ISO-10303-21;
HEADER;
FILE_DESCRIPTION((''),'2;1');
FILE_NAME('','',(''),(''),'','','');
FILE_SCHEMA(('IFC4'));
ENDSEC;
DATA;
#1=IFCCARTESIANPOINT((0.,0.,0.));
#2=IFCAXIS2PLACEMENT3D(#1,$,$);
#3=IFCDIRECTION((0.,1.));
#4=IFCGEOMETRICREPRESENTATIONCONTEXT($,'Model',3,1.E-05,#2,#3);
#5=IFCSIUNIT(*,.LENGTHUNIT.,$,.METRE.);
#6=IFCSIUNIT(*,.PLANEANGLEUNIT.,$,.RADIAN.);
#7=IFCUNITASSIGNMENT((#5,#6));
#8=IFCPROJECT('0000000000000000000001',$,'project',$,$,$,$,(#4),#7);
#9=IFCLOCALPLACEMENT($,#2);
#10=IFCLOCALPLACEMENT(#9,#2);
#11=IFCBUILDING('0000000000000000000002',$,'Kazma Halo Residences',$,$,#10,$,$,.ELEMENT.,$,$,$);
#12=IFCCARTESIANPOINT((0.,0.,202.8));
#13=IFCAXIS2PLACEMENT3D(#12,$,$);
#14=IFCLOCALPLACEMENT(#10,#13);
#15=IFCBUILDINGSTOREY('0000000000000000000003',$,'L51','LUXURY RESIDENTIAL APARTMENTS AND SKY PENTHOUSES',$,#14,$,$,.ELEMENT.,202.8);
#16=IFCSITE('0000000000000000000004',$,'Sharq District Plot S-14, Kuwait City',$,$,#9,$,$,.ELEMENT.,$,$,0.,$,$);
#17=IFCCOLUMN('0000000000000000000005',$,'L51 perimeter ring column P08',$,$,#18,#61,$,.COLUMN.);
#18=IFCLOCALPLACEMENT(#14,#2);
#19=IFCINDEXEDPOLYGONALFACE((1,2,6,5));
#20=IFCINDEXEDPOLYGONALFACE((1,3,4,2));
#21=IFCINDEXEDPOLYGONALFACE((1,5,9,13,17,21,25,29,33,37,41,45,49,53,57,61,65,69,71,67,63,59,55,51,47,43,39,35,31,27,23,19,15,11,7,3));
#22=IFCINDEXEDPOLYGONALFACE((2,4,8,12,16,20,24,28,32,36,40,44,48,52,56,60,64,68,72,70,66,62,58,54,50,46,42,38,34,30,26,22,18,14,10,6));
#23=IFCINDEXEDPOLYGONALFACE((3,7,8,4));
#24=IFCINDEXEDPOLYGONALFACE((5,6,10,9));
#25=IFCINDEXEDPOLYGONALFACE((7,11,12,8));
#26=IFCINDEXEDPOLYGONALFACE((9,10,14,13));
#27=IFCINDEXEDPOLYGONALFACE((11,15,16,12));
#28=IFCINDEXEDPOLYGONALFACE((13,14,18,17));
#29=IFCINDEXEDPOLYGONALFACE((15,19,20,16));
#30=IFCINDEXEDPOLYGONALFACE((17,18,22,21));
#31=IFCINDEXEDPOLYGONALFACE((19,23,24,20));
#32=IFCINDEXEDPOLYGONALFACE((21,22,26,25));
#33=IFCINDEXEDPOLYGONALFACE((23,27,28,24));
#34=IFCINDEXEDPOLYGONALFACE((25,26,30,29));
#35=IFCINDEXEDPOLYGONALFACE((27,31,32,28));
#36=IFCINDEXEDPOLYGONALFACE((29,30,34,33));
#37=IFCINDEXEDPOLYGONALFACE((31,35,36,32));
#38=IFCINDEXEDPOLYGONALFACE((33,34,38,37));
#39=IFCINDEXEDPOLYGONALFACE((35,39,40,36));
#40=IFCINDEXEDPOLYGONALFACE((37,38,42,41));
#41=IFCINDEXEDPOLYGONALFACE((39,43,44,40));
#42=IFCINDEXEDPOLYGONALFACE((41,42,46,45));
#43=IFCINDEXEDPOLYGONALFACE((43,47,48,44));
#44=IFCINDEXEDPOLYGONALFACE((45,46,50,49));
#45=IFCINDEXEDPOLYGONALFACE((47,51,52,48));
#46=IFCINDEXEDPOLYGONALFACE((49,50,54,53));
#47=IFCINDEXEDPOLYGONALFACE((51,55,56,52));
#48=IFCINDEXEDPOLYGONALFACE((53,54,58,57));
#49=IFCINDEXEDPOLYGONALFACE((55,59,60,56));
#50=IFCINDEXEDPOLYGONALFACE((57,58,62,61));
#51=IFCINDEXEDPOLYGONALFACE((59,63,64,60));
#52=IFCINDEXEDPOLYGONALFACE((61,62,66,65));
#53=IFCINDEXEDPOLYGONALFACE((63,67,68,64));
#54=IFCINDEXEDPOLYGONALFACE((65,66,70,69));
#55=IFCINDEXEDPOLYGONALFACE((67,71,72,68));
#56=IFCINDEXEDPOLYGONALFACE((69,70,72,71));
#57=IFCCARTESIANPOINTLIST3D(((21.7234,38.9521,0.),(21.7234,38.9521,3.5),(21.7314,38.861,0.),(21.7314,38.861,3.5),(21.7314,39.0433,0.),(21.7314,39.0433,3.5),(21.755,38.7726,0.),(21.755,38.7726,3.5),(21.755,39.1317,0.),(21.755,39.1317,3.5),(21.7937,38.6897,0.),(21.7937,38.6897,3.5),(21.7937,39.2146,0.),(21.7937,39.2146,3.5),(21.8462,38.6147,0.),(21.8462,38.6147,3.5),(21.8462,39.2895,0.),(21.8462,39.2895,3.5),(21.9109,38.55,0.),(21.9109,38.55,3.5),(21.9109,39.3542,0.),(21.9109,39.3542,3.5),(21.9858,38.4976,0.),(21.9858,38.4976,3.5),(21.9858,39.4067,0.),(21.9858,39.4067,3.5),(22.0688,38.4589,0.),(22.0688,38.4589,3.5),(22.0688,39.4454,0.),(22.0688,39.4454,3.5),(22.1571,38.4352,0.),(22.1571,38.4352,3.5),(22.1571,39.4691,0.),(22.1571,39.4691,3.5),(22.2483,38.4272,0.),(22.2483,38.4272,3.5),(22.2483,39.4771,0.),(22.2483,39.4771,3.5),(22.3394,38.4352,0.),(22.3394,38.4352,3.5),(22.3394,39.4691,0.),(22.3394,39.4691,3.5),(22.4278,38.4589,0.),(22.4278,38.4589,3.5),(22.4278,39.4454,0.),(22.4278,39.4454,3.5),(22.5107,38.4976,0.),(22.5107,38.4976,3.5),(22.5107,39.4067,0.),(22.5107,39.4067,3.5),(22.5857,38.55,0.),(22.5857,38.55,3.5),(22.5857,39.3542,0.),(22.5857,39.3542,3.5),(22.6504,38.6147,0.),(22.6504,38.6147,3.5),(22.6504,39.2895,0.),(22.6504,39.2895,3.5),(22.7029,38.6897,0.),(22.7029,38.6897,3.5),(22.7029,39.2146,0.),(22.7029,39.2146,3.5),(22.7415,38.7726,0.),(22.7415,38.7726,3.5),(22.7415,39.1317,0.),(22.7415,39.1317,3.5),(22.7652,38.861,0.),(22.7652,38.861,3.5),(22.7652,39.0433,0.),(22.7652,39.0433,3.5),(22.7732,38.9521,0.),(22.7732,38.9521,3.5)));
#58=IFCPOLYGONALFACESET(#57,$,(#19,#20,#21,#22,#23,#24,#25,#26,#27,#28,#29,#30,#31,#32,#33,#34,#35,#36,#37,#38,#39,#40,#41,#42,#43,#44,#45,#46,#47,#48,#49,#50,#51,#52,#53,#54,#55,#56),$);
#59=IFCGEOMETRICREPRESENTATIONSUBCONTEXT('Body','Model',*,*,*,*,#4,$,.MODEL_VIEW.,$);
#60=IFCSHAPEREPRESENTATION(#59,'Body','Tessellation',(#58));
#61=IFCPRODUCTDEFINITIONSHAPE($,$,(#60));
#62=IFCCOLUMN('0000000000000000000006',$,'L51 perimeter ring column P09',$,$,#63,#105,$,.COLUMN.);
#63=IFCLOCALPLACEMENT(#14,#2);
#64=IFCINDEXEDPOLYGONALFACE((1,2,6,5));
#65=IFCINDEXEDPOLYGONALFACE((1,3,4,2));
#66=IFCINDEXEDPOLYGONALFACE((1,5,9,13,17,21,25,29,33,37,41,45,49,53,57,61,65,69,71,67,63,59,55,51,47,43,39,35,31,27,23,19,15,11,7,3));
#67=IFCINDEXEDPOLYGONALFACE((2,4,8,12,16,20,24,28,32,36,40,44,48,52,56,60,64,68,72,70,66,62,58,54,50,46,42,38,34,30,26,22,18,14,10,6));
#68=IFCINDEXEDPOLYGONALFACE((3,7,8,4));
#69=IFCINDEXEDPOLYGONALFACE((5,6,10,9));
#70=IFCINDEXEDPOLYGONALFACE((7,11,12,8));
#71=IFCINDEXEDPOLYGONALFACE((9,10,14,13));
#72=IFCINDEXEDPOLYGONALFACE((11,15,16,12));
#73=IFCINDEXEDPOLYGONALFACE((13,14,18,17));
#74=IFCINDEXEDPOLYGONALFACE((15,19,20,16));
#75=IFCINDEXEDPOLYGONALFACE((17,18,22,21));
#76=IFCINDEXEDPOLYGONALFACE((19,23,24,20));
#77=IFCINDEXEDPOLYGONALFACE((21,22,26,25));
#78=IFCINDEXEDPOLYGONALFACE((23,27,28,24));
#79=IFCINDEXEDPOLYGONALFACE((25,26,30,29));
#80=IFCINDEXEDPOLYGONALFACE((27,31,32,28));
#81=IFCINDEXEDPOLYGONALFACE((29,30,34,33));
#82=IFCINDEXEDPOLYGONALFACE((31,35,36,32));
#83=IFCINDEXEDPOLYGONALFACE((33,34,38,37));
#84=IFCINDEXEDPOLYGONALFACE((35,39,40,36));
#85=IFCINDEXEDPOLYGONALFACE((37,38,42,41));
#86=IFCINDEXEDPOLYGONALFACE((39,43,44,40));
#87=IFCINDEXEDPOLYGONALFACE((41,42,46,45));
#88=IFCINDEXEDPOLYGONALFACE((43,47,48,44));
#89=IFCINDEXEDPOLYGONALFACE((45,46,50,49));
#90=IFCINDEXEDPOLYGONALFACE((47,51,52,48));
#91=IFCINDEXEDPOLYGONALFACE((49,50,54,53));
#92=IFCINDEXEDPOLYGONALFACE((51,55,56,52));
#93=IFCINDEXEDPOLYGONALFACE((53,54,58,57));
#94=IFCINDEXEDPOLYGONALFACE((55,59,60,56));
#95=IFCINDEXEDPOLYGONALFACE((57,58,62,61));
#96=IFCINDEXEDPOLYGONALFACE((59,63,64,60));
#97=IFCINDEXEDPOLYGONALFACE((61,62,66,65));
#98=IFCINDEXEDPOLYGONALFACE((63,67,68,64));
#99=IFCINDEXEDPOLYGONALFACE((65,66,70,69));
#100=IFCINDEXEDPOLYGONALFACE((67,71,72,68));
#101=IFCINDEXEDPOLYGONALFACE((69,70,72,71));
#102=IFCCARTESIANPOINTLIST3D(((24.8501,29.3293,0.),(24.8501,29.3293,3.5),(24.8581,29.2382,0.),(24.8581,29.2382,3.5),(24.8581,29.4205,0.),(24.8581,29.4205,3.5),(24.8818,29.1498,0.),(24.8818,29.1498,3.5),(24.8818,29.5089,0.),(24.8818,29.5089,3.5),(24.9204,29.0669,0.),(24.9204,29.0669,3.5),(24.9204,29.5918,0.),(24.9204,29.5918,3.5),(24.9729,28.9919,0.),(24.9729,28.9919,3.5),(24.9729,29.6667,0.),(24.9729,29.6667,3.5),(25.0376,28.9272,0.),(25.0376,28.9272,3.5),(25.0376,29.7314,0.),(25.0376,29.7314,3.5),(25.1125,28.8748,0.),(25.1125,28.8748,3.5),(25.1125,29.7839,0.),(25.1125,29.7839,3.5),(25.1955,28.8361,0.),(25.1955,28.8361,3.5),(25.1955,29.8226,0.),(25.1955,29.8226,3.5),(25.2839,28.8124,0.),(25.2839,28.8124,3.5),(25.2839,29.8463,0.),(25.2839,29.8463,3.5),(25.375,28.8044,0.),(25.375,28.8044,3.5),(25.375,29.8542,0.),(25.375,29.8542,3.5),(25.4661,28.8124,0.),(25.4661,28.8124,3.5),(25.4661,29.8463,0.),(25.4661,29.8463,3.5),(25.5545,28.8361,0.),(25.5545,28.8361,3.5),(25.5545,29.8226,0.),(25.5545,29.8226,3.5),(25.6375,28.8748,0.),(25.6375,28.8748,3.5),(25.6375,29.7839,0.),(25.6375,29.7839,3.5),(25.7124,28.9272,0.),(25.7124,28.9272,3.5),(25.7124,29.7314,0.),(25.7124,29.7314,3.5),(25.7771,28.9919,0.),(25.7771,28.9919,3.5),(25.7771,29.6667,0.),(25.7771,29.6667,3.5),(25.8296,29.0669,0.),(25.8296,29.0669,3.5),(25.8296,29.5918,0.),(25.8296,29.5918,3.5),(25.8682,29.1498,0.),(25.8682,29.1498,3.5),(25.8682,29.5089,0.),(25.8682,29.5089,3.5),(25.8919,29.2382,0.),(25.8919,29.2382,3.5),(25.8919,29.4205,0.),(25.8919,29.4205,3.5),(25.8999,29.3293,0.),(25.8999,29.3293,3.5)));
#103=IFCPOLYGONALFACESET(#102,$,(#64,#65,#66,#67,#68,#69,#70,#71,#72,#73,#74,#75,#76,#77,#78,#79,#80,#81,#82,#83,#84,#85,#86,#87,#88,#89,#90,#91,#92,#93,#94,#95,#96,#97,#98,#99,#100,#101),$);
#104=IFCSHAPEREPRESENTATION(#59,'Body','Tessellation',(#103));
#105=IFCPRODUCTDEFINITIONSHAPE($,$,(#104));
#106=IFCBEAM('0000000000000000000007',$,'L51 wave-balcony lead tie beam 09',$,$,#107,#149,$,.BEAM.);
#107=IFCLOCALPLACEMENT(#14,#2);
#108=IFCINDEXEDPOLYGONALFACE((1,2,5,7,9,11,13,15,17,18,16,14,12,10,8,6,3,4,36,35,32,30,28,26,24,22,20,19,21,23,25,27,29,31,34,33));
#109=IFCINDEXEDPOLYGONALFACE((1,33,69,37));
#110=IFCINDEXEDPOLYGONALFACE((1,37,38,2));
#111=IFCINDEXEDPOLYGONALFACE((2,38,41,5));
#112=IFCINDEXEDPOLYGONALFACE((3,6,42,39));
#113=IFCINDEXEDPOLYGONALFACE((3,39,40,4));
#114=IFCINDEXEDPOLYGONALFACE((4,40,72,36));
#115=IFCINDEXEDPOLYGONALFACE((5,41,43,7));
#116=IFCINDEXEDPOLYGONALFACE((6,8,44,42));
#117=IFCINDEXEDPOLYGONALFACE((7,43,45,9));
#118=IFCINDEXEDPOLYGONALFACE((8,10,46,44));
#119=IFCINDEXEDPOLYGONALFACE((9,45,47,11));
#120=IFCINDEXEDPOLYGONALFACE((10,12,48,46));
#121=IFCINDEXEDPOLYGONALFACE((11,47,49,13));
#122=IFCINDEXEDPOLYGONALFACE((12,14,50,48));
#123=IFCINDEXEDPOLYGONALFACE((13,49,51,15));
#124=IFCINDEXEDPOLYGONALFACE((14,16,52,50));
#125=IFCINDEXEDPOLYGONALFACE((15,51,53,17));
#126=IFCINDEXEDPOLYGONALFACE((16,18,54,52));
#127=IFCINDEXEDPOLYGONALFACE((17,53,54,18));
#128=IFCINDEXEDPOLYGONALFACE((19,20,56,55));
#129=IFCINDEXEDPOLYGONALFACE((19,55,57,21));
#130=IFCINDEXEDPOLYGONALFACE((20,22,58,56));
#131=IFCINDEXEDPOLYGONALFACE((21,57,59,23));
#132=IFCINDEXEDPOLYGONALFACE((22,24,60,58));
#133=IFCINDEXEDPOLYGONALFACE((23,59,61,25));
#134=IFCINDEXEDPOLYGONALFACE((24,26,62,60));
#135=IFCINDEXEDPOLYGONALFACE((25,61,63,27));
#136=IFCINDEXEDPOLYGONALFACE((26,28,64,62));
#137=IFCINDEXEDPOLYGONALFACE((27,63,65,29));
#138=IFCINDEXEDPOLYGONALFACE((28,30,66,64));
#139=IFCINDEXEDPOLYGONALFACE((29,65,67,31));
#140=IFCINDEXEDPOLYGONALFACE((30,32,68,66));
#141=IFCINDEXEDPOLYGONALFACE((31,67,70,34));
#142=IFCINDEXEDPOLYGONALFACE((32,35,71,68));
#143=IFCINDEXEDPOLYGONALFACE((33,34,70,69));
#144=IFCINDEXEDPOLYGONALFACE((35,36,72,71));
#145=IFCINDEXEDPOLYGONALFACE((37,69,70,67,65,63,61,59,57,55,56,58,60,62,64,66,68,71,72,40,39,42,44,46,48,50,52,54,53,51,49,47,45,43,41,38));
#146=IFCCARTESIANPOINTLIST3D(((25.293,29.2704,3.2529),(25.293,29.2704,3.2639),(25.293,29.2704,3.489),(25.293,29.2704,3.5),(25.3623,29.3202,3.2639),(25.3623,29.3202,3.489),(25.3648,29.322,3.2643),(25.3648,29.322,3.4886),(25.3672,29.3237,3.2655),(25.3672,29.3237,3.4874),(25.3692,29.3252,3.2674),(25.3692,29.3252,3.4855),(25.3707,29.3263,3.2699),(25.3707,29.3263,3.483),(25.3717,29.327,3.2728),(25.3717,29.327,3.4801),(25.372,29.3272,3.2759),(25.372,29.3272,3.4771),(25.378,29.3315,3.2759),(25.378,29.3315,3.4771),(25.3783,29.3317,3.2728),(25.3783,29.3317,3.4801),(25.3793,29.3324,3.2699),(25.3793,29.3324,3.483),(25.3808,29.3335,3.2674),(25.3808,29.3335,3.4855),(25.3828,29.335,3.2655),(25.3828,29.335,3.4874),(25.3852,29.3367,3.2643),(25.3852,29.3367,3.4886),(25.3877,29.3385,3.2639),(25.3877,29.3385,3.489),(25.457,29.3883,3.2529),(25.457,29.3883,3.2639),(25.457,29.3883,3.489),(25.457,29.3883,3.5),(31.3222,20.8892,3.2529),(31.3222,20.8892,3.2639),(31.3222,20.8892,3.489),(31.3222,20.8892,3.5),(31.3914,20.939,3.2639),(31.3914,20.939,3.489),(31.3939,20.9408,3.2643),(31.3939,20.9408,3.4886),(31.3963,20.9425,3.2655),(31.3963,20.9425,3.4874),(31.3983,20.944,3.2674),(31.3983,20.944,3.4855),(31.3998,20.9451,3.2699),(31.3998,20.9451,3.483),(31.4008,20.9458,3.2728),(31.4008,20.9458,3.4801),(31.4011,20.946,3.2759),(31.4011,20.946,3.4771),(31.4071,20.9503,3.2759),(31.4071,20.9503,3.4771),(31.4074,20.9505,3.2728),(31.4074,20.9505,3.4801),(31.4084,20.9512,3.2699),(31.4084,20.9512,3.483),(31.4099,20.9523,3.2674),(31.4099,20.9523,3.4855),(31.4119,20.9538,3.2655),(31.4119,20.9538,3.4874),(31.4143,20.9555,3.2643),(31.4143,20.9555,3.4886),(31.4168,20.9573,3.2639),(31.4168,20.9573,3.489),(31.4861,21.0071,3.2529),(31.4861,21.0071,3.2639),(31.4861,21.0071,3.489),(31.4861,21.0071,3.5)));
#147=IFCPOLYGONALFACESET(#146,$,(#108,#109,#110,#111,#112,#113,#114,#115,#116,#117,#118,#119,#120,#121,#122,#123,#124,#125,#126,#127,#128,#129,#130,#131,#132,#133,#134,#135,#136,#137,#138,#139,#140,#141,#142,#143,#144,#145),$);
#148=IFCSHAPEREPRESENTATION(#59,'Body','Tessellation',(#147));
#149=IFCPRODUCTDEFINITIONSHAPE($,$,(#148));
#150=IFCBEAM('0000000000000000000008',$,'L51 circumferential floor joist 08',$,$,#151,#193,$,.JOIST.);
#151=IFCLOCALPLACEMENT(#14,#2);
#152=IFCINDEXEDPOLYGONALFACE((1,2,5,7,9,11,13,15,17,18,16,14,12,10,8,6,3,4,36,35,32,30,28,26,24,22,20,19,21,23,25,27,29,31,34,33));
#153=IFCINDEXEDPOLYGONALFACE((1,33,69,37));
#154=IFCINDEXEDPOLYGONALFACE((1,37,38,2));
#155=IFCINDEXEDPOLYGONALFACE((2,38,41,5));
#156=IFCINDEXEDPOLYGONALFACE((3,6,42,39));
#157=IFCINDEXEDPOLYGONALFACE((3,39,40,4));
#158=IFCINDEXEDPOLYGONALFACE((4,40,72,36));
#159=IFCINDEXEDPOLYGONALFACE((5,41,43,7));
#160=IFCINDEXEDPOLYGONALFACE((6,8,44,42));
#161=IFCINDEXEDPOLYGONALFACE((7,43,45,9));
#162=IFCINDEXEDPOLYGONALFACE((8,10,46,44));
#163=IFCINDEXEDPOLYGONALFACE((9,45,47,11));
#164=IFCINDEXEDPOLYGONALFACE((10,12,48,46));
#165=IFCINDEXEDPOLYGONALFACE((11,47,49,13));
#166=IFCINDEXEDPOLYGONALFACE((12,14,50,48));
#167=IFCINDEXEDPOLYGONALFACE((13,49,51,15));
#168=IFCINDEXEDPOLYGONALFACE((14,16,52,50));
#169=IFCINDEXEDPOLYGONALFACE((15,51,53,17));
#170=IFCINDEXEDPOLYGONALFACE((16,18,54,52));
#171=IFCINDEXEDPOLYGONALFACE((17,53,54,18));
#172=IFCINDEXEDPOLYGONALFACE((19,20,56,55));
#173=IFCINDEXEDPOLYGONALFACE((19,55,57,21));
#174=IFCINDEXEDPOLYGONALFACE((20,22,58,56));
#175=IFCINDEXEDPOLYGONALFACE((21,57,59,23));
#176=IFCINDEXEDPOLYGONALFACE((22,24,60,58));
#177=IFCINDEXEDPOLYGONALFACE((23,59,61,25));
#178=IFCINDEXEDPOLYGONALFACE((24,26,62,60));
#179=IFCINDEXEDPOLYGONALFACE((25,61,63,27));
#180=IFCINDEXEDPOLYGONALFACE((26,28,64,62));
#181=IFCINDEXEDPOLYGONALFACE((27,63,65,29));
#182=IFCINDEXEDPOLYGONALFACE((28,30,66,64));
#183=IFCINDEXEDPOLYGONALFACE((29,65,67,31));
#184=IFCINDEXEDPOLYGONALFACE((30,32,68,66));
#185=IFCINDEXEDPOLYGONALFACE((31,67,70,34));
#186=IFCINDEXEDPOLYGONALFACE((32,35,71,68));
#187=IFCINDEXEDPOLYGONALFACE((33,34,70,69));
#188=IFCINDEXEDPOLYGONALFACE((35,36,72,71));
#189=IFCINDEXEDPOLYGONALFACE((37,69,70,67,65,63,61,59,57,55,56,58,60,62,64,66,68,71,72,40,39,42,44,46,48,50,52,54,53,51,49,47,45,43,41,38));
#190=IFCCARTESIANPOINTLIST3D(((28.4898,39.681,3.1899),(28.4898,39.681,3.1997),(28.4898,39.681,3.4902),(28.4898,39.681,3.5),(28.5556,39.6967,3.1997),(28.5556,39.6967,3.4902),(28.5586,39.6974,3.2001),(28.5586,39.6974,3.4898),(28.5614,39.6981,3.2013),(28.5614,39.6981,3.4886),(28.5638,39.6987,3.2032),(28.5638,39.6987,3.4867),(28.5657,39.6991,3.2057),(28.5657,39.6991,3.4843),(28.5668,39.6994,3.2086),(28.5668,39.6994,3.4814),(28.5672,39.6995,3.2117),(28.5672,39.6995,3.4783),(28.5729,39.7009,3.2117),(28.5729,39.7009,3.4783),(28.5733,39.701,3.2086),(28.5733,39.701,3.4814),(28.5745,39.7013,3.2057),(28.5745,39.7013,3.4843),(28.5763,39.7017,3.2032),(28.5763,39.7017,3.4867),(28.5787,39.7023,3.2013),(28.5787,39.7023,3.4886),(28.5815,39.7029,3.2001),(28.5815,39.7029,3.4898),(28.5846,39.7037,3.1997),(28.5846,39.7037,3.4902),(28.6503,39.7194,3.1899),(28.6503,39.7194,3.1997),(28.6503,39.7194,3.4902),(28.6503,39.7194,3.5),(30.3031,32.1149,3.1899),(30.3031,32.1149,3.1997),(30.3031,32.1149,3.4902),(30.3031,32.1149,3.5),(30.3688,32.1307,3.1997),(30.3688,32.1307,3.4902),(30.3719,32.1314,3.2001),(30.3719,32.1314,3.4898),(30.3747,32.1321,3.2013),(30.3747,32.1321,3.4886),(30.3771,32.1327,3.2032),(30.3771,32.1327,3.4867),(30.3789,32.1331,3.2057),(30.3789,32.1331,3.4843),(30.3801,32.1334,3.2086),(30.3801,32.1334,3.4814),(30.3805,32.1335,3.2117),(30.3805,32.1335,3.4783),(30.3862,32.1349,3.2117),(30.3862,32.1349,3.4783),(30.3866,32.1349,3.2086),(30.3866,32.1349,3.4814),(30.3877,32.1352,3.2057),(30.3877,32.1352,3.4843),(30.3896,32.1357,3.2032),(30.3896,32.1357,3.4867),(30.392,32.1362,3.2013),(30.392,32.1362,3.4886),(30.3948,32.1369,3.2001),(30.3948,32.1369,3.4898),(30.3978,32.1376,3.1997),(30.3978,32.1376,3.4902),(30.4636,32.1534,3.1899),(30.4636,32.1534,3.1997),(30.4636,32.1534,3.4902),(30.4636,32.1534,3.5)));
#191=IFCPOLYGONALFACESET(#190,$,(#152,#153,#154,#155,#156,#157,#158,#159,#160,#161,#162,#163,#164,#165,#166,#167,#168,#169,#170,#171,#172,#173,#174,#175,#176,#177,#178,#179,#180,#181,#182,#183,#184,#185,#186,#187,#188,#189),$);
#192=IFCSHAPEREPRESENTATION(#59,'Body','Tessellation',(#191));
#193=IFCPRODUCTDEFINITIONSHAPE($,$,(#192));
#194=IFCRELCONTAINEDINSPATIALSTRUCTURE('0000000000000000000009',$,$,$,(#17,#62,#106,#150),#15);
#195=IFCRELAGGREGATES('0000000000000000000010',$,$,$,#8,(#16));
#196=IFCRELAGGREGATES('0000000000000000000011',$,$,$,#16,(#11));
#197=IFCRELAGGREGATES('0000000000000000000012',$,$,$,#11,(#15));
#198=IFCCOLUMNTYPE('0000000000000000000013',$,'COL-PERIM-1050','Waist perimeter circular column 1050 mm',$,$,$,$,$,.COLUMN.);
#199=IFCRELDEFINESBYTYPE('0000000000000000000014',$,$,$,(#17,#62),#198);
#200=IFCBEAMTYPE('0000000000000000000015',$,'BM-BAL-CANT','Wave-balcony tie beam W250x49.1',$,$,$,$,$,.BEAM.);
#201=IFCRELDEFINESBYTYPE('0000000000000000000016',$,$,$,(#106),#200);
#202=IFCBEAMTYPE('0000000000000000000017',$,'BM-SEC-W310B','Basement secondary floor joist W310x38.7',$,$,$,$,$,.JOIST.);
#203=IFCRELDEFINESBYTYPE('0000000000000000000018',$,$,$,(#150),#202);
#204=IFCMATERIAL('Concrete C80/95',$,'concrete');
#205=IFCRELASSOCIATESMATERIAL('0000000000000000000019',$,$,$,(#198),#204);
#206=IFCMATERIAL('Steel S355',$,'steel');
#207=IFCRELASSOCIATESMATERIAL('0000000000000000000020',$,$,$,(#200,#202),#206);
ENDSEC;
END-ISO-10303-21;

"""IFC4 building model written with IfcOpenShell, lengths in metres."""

from ifc_helpers import new_model, si_unit, direction, frame, origin, origin_2d, place, context, subcontext, project, spatial, circle, i_section, extrude, material, material_profile, profile_set, type_object, element, save


model = new_model("IFC4")

# Units and contexts
model_context = context("Model", 3, precision=1e-05, world=origin(), true_north=direction((0.0, 1.0)))
body_context = subcontext(model_context, "Body", "Model", "MODEL_VIEW")
ifc_project = project(units=[si_unit("LENGTHUNIT", "METRE"), si_unit("PLANEANGLEUNIT", "RADIAN")], contexts=[model_context])

# Site, building, storey
site_placement = place(None, origin())
site = spatial("IfcSite", under=ifc_project, at=site_placement, Name="Sharq District Plot S-14, Kuwait City", CompositionType="ELEMENT", RefElevation=0.0)
building_placement = place(site_placement, origin())
building = spatial("IfcBuilding", under=site, at=building_placement, Name="Kazma Halo Residences", CompositionType="ELEMENT")
storey_placement = place(building_placement, frame((0.0, 0.0, 202.8)))
storey = spatial("IfcBuildingStorey", under=building, at=storey_placement, Name="L51", Description="LUXURY RESIDENTIAL APARTMENTS AND SKY PENTHOUSES", CompositionType="ELEMENT", Elevation=202.8)

# Columns
ifc_material_1 = material(Name="Concrete C80/95", Category="concrete")
ifc_material_profile_1 = material_profile(ifc_material_1, circle(Radius=0.5249, at=origin_2d()), Name="CIRC1050")
ifc_profile_set_1 = profile_set([ifc_material_profile_1], Name="Concrete C80/95")
column_type = type_object("IfcColumnType", Name="COL-PERIM-1050", Description="Waist perimeter circular column 1050 mm", PredefinedType="COLUMN", material=ifc_profile_set_1)
for number, where, z_axis, x_axis, name in (
    (1, (22.2483, 38.9521, 0.0), (0.0, 0.0, 1.0), (1.0, 0.0, 0.0), "L51 perimeter ring column P08"),
    (2, (25.375, 29.3293, 0.0), (0.0, 0.0, 1.0), (1.0, 0.0, 0.0), "L51 perimeter ring column P09"),
):
    element("IfcColumn", number, at=place(storey_placement, frame(where, z_axis=z_axis, x_axis=x_axis)), inside=storey, type_object=column_type, Name=name, PredefinedType="COLUMN", context=body_context, shape_type="SweptSolid", body=[
        extrude(circle(Radius=0.5249, at=origin_2d()), origin(), (0.0, 0.0, 1.0), 3.5),
    ])

# Beams
ifc_material_2 = material(Name="Steel S355", Category="steel")
ifc_material_profile_2 = material_profile(ifc_material_2, i_section(OverallWidth=0.2019, OverallDepth=0.2471, WebThickness=0.0073, FlangeThickness=0.011, FilletRadius=0.012, at=origin_2d()), Name="W250x49.1")
ifc_profile_set_2 = profile_set([ifc_material_profile_2], Name="Steel S355")
beam_type_1 = type_object("IfcBeamType", Name="BM-BAL-CANT", Description="Wave-balcony tie beam W250x49.1", PredefinedType="BEAM", material=ifc_profile_set_2)
beam_1_placement = place(storey_placement, frame((25.375, 29.3293, 3.3765), z_axis=(0.583964, -0.81178, 0.0), x_axis=(0.81178, 0.583964, 0.0)))
element("IfcBeam", 3, at=beam_1_placement, inside=storey, type_object=beam_type_1, Name="L51 wave-balcony lead tie beam 09", PredefinedType="BEAM", context=body_context, shape_type="SweptSolid", body=[
    extrude(i_section(OverallWidth=0.2019, OverallDepth=0.2471, WebThickness=0.0073, FlangeThickness=0.011, FilletRadius=0.012, at=origin_2d()), origin(), (0.0, 0.0, 1.0), 10.3245),
])
ifc_material_profile_3 = material_profile(ifc_material_2, i_section(OverallWidth=0.165, OverallDepth=0.3101, WebThickness=0.0059, FlangeThickness=0.0098, FilletRadius=0.012, at=origin_2d()), Name="W310x38.7")
ifc_profile_set_3 = profile_set([ifc_material_profile_3], Name="Steel S355")
beam_type_2 = type_object("IfcBeamType", Name="BM-SEC-W310B", Description="Basement secondary floor joist W310x38.7", PredefinedType="JOIST", material=ifc_profile_set_3)
beam_2_placement = place(storey_placement, frame((28.5701, 39.7002, 3.345), z_axis=(0.233058, -0.972463, 0.0), x_axis=(0.972463, 0.233058, 0.0)))
element("IfcBeam", 4, at=beam_2_placement, inside=storey, type_object=beam_type_2, Name="L51 circumferential floor joist 08", PredefinedType="JOIST", context=body_context, shape_type="SweptSolid", body=[
    extrude(i_section(OverallWidth=0.165, OverallDepth=0.3101, WebThickness=0.0059, FlangeThickness=0.0098, FilletRadius=0.012, at=origin_2d()), origin(), (0.0, 0.0, 1.0), 7.7803),
])

save(model, "model.ifc")
